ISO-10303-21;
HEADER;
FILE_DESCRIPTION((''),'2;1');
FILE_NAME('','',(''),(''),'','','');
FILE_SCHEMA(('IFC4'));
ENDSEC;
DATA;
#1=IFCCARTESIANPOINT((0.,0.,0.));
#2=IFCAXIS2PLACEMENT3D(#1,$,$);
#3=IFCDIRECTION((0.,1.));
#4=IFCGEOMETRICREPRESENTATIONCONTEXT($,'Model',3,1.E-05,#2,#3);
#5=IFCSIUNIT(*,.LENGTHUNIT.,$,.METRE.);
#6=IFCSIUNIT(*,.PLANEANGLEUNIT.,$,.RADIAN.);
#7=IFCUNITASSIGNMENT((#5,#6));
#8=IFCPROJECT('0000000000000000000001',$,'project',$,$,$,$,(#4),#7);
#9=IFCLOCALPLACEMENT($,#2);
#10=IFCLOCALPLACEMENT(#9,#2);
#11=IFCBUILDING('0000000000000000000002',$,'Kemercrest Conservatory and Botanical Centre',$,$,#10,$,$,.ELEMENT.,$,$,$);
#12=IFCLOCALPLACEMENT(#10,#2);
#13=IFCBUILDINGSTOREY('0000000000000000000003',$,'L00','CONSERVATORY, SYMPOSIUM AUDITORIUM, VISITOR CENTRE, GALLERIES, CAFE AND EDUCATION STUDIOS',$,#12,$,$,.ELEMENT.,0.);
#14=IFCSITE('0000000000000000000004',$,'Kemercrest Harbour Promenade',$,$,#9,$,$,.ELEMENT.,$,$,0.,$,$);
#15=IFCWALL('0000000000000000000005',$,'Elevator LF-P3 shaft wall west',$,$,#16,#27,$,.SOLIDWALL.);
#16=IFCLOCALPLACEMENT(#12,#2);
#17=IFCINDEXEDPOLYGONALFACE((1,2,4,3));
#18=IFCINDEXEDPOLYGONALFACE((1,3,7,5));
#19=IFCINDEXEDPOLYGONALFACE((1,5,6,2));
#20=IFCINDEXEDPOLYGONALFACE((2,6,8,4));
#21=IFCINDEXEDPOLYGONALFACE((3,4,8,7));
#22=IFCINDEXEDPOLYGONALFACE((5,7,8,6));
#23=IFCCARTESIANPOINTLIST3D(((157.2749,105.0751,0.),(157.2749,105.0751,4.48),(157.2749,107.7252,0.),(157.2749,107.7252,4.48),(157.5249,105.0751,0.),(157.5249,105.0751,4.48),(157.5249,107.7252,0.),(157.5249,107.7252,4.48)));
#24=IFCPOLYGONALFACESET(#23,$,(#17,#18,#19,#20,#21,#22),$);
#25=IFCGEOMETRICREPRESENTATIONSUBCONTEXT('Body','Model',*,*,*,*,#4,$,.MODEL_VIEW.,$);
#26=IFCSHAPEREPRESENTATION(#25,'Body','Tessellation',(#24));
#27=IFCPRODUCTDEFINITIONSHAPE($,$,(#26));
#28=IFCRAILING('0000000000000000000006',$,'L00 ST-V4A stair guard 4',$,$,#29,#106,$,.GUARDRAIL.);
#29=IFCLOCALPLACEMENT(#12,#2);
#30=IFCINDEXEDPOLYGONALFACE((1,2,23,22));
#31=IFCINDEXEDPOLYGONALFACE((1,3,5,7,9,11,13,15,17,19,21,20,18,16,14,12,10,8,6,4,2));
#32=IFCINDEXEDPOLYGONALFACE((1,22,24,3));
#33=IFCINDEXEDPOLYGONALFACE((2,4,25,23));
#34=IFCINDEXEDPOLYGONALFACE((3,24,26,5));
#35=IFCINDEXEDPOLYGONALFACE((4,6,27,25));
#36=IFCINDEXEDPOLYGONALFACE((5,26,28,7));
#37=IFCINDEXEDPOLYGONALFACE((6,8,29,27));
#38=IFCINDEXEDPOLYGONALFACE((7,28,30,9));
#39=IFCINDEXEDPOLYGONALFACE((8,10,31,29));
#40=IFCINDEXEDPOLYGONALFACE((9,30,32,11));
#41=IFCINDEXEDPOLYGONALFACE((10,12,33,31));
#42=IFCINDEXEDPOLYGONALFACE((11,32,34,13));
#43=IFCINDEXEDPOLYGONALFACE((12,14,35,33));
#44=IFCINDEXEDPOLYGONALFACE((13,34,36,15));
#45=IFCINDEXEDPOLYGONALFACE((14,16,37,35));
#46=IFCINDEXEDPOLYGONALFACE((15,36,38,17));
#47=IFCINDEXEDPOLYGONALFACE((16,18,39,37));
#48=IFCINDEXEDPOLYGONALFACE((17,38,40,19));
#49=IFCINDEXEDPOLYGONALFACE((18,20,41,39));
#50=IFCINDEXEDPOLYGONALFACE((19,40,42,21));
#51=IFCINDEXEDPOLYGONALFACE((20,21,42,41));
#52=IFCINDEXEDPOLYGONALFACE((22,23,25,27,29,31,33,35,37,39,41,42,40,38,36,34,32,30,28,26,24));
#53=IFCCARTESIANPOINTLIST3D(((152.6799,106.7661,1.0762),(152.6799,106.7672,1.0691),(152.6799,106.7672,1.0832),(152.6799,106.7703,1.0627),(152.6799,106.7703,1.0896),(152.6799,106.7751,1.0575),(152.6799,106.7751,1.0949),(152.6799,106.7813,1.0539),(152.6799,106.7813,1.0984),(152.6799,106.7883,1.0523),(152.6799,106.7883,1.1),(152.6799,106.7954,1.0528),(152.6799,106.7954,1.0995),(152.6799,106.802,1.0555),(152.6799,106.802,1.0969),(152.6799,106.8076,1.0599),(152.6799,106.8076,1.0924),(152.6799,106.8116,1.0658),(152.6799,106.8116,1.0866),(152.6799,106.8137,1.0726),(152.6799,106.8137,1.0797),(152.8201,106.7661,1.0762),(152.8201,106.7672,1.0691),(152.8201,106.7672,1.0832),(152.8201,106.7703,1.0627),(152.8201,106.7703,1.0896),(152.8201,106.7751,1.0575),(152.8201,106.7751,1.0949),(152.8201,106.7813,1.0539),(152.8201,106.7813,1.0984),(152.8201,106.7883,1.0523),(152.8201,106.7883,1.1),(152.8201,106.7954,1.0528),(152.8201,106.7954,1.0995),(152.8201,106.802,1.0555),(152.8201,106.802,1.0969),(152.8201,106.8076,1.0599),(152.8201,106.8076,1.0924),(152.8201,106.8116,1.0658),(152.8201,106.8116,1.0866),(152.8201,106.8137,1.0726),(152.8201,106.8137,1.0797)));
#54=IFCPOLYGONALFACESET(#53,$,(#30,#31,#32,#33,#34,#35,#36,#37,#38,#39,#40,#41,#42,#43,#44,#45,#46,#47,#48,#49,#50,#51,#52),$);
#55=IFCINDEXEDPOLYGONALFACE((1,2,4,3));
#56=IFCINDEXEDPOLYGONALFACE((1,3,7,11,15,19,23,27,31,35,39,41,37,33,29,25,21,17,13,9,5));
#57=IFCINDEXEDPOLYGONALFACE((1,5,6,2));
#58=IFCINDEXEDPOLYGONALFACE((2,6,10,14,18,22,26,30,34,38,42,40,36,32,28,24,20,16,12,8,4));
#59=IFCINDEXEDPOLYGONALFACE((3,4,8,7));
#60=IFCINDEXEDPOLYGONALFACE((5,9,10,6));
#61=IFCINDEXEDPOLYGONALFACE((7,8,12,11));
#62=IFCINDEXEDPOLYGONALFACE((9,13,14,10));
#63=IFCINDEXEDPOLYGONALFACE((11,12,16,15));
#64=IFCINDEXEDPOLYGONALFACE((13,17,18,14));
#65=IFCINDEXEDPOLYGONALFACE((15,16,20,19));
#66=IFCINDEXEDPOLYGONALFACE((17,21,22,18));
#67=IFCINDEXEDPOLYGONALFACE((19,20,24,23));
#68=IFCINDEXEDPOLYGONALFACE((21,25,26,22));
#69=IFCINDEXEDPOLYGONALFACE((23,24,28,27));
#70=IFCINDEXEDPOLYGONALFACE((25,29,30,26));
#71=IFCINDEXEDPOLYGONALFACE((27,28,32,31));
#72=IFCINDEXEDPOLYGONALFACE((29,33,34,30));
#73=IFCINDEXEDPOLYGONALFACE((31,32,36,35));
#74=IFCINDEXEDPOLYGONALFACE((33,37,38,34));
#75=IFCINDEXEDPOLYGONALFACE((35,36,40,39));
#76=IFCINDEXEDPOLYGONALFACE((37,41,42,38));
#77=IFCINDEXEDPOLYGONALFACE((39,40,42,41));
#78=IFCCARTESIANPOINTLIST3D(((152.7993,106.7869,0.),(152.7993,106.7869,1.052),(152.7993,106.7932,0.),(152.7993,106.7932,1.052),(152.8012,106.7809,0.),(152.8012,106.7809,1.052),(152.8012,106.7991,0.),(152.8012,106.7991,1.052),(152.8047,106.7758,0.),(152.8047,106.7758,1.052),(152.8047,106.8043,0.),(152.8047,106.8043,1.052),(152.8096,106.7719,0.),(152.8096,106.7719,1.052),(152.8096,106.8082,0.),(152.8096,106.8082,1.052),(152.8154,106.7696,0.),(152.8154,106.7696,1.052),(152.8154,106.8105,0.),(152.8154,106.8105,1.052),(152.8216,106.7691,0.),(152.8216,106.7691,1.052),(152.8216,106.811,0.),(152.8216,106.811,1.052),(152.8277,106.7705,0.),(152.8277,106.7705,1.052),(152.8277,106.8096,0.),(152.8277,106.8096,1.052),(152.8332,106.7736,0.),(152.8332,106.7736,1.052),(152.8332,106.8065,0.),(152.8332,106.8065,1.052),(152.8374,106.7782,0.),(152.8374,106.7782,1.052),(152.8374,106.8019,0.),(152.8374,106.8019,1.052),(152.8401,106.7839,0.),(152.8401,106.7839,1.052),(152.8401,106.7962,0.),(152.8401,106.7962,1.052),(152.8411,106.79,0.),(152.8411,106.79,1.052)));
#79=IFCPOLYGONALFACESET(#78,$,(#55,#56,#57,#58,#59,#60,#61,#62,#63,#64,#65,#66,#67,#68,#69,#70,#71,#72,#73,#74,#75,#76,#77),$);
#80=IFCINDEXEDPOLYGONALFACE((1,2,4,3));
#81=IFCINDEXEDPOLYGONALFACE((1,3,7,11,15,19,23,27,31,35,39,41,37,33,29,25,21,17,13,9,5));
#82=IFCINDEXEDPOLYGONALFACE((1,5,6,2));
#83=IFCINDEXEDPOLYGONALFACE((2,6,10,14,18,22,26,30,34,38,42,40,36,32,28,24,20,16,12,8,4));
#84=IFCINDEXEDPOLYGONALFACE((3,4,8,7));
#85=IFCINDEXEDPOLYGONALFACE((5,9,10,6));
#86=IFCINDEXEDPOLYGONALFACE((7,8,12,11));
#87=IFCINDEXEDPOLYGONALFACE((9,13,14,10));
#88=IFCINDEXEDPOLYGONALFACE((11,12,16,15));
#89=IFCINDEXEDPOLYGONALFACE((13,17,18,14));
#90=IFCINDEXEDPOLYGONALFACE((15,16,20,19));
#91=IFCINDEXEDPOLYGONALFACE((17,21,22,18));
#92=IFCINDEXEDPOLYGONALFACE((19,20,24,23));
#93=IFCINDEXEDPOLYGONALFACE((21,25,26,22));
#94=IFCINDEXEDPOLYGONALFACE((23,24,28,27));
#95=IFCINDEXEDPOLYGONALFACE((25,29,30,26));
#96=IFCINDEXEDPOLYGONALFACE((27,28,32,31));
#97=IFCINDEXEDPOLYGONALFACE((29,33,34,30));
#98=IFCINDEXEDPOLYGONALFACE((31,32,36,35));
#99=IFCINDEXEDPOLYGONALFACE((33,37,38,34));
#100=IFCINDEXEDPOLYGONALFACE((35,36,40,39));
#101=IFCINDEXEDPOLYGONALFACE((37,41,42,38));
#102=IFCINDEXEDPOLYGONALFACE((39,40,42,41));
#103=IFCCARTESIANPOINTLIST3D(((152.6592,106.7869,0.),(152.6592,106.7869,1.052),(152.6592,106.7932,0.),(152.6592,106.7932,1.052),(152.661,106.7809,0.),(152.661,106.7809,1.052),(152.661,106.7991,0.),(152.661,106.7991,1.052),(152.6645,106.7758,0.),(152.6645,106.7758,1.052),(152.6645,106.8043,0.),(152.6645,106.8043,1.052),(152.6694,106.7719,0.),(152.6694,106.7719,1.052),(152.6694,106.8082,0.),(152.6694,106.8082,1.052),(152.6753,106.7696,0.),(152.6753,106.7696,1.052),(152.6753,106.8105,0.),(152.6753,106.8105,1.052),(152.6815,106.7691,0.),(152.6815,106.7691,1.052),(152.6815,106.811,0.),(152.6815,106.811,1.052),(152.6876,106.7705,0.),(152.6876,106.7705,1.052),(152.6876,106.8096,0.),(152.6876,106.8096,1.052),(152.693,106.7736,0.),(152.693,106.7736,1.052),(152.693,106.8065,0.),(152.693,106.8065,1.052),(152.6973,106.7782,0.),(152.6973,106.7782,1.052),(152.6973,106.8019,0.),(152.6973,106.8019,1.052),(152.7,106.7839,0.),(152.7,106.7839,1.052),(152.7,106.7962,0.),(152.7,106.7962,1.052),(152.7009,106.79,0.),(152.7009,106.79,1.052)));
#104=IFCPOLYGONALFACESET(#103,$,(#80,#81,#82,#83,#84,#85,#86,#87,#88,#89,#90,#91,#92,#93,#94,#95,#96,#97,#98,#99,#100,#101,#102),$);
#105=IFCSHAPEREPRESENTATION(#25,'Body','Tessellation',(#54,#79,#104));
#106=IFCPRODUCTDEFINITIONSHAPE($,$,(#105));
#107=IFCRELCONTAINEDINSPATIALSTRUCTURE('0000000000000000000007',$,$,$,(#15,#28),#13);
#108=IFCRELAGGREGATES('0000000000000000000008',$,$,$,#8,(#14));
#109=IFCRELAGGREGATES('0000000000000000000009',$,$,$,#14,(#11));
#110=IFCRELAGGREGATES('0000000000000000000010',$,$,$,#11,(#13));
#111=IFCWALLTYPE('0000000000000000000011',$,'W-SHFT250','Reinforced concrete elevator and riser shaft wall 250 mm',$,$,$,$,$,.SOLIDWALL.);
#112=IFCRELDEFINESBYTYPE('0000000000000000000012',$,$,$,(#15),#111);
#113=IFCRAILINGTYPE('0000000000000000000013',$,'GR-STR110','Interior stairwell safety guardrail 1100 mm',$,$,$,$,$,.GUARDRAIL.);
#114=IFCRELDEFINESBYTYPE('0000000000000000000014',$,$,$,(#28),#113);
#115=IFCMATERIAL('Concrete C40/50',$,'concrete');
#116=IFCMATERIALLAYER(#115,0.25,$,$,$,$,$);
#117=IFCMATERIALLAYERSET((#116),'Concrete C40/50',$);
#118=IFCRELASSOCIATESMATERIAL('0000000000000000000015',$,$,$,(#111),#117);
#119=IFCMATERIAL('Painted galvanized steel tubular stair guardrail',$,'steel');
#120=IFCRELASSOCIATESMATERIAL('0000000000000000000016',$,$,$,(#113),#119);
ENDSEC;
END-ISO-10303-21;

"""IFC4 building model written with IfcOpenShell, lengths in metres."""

from ifc_helpers import new_model, si_unit, direction, frame, frame_2d, origin, origin_2d, place, context, subcontext, project, spatial, rectangle, circle, extrude, material, layer, layer_set, type_object, element, save


model = new_model("IFC4")

# Units and contexts
model_context = context("Model", 3, precision=1e-05, world=origin(), true_north=direction((0.0, 1.0)))
body_context = subcontext(model_context, "Body", "Model", "MODEL_VIEW")
ifc_project = project(units=[si_unit("LENGTHUNIT", "METRE"), si_unit("PLANEANGLEUNIT", "RADIAN")], contexts=[model_context])

# Site, building, storey
site_placement = place(None, origin())
site = spatial("IfcSite", under=ifc_project, at=site_placement, Name="Kemercrest Harbour Promenade", CompositionType="ELEMENT", RefElevation=0.0)
building_placement = place(site_placement, origin())
building = spatial("IfcBuilding", under=site, at=building_placement, Name="Kemercrest Conservatory and Botanical Centre", CompositionType="ELEMENT")
storey_placement = place(building_placement, origin())
storey = spatial("IfcBuildingStorey", under=building, at=storey_placement, Name="L00", Description="CONSERVATORY, SYMPOSIUM AUDITORIUM, VISITOR CENTRE, GALLERIES, CAFE AND EDUCATION STUDIOS", CompositionType="ELEMENT", Elevation=0.0)

# Shared definitions
ifc_material_1 = material(Name="Concrete C40/50", Category="concrete")

# Wall
ifc_layer_1 = layer(ifc_material_1, 0.25)
ifc_layer_set_1 = layer_set([ifc_layer_1], Name="Concrete C40/50")
wall_type_1 = type_object("IfcWallType", Name="W-SHFT250", Description="Reinforced concrete elevator and riser shaft wall 250 mm", PredefinedType="SOLIDWALL", material=ifc_layer_set_1)
wall_1_placement = place(storey_placement, frame((157.3999, 105.075, 0.0), z_axis=(0.0, 0.0, 1.0), x_axis=(0.0, 1.0, 0.0)))
element("IfcWall", 1, at=wall_1_placement, inside=storey, type_object=wall_type_1, Name="Elevator LF-P3 shaft wall west", PredefinedType="SOLIDWALL", context=body_context, shape_type="SweptSolid", body=[
    extrude(rectangle(XDim=2.6501, YDim=0.25, at=frame_2d((1.3252, 0.0))), origin(), (0.0, 0.0, 1.0), 4.48),
])

# Railing
ifc_material_2 = material(Name="Painted galvanized steel tubular stair guardrail", Category="steel")
railing_type = type_object("IfcRailingType", Name="GR-STR110", Description="Interior stairwell safety guardrail 1100 mm", PredefinedType="GUARDRAIL", material=ifc_material_2)
railing_placement = place(storey_placement, frame((152.8201, 106.79, 0.0)))
element("IfcRailing", 2, at=railing_placement, inside=storey, type_object=railing_type, Name="L00 ST-V4A stair guard 4", PredefinedType="GUARDRAIL", context=body_context, shape_type="SweptSolid", body=[
    extrude(circle(Radius=0.0239, at=origin_2d()), frame((0.0, 0.0, 1.0762), z_axis=(-1.0, 0.0, 0.0), x_axis=(0.0, -1.0, 0.0)), (0.0, 0.0, 1.0), 0.1401),
    extrude(circle(Radius=0.021, at=origin_2d()), origin(), (0.0, 0.0, 1.0), 1.052),
    extrude(circle(Radius=0.021, at=origin_2d()), frame((-0.1401, 0.0, 0.0)), (0.0, 0.0, 1.0), 1.052),
])

save(model, "model.ifc")
